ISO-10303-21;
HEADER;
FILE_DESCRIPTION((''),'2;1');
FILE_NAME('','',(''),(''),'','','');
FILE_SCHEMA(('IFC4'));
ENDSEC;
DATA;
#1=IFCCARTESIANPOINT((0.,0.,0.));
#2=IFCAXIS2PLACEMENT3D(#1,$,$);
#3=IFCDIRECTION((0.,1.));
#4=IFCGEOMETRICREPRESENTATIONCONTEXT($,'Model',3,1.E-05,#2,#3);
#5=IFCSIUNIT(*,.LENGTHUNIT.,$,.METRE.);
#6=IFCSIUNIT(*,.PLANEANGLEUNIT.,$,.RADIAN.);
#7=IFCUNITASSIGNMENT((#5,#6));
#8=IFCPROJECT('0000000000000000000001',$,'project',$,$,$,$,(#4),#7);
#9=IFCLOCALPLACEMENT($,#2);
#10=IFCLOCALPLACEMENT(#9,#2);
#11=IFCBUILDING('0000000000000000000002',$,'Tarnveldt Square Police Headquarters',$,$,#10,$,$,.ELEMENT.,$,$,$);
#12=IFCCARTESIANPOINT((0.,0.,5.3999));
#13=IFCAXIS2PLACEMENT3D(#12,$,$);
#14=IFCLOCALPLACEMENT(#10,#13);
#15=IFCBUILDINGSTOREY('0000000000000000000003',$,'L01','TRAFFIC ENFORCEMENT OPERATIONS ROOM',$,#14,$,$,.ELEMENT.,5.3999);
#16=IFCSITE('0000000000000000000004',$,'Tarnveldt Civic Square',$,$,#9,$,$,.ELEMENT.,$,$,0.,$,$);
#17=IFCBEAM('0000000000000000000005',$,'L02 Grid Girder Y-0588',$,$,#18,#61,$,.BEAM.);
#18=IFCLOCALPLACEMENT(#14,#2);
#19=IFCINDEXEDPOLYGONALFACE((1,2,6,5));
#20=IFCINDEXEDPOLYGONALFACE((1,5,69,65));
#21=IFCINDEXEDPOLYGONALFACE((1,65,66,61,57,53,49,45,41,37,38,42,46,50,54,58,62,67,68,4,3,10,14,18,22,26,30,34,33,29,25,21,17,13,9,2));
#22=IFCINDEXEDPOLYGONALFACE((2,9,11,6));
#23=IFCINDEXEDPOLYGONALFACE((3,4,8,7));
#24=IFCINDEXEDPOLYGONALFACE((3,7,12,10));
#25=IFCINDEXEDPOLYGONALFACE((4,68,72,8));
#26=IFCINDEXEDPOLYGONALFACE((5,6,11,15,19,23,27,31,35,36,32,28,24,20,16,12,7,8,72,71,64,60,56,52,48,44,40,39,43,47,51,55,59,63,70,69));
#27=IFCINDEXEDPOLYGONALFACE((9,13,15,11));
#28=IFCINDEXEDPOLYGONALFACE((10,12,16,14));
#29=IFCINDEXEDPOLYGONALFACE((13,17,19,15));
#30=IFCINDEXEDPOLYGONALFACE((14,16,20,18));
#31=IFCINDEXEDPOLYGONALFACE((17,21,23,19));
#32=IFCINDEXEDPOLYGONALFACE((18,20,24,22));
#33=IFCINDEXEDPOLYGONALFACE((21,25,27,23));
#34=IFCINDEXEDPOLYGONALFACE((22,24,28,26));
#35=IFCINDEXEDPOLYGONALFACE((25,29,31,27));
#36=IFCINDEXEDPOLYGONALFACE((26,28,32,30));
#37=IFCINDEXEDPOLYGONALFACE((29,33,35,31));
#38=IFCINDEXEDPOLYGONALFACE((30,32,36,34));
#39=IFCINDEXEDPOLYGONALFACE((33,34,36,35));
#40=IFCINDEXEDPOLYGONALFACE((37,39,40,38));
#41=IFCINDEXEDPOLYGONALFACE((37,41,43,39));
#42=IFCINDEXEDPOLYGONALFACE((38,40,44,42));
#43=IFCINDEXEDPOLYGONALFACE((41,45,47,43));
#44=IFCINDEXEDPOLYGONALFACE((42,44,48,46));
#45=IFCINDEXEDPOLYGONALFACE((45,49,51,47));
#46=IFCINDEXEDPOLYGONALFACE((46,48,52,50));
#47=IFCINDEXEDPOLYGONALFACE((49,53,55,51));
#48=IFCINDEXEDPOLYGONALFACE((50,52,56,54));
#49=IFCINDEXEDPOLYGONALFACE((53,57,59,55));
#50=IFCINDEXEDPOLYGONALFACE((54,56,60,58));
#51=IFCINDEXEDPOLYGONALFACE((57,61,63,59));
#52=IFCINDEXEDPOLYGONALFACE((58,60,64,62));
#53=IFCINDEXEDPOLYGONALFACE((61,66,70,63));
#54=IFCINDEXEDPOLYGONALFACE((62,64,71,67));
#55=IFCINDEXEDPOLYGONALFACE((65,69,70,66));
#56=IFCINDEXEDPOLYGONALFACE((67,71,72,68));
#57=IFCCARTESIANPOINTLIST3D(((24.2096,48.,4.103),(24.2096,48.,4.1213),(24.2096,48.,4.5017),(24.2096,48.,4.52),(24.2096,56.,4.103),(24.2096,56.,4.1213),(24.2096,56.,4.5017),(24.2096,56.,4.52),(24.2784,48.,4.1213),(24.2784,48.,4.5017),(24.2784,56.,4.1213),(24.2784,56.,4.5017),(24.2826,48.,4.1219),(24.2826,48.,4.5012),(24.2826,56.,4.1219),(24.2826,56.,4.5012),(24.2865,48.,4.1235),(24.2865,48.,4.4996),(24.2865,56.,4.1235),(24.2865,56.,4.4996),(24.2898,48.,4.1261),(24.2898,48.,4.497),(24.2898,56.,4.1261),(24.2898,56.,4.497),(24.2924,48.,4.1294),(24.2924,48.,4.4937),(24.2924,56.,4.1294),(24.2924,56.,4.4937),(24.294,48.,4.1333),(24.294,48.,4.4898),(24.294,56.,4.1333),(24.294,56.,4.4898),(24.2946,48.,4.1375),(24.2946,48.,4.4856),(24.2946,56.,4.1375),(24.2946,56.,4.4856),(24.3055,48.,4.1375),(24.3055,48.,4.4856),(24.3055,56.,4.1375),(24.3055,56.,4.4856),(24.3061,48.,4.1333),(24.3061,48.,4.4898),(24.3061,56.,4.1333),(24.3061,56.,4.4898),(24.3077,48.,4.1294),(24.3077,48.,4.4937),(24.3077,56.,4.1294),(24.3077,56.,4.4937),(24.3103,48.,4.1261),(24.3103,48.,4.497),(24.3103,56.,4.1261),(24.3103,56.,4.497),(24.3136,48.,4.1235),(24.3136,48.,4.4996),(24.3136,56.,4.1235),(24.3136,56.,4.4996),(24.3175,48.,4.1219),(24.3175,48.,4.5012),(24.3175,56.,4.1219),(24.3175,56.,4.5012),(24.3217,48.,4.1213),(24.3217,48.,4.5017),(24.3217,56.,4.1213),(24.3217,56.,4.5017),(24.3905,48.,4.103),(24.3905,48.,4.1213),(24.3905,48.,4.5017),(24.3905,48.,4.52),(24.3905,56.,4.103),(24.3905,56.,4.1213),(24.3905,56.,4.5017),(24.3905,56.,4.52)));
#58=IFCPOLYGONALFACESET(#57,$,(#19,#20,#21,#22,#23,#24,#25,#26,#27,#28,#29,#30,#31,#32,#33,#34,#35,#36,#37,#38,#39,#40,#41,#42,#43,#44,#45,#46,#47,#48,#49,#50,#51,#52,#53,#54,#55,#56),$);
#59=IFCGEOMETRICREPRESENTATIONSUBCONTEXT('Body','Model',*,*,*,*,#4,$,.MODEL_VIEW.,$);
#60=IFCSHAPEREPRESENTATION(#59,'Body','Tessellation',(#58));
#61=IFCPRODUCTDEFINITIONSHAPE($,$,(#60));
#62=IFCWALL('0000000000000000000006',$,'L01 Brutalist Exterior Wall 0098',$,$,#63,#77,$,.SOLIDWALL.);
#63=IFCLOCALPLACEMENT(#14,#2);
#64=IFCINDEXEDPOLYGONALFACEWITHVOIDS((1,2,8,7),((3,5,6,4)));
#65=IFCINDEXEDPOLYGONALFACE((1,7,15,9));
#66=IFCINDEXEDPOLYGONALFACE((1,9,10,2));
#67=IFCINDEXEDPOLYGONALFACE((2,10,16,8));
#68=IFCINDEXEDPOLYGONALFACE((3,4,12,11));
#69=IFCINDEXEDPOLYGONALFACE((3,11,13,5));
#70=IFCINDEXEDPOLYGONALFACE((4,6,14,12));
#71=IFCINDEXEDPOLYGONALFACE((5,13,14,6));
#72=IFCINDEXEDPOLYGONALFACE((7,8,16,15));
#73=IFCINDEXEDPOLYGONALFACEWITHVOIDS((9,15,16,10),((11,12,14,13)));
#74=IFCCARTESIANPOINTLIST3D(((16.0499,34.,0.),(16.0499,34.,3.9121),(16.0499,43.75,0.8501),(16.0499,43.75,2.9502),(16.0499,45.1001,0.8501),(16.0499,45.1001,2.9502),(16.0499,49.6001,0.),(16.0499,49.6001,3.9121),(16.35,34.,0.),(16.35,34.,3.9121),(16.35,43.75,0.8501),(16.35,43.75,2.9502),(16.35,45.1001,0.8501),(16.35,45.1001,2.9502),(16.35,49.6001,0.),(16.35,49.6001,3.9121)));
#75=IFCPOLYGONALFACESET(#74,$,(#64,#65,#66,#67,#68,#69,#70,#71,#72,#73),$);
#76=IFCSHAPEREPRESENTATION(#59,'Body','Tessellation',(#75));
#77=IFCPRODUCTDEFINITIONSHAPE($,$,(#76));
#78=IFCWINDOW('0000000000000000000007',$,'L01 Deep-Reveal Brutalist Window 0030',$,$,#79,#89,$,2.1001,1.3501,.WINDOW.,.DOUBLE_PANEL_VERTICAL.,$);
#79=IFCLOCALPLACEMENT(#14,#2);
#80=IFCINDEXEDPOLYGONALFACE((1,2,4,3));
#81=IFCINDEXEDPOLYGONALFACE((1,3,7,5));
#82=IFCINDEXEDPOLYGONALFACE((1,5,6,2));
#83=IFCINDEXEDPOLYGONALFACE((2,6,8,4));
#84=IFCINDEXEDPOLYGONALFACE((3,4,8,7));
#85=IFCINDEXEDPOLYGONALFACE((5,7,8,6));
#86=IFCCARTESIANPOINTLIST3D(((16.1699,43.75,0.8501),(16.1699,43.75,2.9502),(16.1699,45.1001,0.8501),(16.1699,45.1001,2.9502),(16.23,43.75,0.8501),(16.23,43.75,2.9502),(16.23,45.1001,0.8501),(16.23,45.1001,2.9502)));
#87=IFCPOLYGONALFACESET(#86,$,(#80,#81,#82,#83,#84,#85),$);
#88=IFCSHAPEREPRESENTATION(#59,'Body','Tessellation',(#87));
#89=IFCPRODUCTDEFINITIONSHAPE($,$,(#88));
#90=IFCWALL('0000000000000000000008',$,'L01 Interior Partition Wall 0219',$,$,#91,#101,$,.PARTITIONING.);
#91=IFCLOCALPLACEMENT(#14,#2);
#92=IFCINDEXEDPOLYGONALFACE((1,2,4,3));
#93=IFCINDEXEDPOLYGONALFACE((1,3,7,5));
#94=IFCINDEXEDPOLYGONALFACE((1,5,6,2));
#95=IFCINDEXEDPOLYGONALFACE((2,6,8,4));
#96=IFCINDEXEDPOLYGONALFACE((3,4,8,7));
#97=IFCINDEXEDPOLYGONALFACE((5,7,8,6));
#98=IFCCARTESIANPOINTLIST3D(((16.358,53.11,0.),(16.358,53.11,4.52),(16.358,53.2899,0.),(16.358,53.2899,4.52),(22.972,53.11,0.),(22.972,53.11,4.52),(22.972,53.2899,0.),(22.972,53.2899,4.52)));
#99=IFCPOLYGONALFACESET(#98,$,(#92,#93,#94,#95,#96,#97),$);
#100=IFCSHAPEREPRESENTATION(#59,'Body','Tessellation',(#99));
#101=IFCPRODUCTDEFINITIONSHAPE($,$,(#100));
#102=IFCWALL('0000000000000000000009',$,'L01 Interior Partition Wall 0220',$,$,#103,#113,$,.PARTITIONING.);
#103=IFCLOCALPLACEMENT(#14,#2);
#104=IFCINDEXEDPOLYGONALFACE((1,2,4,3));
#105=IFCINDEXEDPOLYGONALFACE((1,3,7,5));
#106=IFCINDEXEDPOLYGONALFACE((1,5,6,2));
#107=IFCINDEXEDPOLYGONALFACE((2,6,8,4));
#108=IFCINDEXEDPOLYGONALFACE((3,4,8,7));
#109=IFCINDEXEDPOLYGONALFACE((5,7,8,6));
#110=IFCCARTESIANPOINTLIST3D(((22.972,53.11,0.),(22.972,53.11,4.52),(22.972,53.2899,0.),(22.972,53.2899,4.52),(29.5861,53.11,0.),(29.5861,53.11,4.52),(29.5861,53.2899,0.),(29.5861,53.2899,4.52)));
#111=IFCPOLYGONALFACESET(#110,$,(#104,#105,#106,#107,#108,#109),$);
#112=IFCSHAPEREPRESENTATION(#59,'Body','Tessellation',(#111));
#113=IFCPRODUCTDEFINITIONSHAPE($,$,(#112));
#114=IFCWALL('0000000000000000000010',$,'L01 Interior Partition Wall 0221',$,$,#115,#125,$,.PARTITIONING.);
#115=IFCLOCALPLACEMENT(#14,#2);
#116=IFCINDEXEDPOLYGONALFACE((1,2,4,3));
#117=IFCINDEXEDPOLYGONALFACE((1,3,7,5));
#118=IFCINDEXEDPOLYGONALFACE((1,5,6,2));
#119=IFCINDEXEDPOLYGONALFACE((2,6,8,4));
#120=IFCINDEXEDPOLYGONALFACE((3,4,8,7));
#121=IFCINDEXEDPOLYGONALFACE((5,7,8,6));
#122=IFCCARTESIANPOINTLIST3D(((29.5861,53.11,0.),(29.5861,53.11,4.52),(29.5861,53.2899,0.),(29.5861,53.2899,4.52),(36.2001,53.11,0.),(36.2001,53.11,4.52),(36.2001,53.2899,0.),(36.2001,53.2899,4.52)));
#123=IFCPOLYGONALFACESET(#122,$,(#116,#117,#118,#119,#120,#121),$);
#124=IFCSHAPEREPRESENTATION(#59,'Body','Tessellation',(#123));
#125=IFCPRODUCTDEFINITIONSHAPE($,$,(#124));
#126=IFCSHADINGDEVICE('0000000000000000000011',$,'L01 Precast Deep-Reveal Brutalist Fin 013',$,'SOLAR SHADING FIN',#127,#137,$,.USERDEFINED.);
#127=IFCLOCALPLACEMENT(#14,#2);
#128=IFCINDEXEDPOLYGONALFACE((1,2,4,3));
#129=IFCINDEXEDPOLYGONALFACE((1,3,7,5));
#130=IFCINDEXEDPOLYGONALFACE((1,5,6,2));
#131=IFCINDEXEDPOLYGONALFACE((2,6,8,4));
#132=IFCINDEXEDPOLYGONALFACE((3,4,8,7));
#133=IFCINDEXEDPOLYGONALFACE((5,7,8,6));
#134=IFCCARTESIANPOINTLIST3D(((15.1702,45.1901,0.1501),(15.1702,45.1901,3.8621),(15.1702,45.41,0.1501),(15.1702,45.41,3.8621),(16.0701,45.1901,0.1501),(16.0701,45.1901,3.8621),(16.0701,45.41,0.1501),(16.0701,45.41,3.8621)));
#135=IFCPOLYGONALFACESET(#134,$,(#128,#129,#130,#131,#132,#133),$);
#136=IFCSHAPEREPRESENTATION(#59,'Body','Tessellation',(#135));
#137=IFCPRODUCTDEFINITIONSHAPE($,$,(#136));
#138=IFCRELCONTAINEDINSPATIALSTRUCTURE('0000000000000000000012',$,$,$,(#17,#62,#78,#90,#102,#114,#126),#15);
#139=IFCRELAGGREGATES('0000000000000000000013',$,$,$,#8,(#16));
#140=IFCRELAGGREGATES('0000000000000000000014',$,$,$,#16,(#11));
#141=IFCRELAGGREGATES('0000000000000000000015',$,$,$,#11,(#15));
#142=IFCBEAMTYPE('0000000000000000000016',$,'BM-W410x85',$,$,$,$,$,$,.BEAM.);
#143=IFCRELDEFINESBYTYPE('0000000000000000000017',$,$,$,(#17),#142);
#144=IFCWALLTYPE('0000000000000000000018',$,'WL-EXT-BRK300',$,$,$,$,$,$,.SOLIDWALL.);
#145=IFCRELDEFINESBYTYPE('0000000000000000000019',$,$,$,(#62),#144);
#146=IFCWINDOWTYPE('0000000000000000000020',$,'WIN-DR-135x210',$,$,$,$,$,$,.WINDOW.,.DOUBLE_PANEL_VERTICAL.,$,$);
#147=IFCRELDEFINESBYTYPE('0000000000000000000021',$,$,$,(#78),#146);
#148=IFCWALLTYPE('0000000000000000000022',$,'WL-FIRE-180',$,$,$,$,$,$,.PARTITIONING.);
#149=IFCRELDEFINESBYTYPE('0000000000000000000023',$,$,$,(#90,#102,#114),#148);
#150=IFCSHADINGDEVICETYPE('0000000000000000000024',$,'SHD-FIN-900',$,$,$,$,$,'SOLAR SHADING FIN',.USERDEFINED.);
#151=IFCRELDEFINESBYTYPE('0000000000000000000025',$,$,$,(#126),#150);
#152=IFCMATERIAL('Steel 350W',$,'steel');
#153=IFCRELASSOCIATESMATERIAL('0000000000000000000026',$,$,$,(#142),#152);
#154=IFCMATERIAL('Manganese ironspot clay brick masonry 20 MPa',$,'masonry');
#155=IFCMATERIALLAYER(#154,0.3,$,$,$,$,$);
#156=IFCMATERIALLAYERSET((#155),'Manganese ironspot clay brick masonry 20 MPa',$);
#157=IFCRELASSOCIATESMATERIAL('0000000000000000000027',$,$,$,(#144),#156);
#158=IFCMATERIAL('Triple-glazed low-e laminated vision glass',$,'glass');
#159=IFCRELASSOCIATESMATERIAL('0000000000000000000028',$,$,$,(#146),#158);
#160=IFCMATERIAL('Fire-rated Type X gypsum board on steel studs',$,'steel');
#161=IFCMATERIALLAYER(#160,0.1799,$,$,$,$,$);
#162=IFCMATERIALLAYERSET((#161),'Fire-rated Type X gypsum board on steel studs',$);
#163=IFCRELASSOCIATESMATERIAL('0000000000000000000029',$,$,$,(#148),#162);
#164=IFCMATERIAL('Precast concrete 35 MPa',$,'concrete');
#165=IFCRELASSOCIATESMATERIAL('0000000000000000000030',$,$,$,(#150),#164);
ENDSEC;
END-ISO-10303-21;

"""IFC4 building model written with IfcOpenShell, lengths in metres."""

from ifc_helpers import new_model, si_unit, direction, frame, frame_2d, origin, origin_2d, place, context, subcontext, project, spatial, rectangle, i_section, extrude, material, layer, layer_set, material_profile, profile_set, type_object, element, fill, save


model = new_model("IFC4")

# Units and contexts
model_context = context("Model", 3, precision=1e-05, world=origin(), true_north=direction((0.0, 1.0)))
body_context = subcontext(model_context, "Body", "Model", "MODEL_VIEW")
ifc_project = project(units=[si_unit("LENGTHUNIT", "METRE"), si_unit("PLANEANGLEUNIT", "RADIAN")], contexts=[model_context])

# Site, building, storey
site_placement = place(None, origin())
site = spatial("IfcSite", under=ifc_project, at=site_placement, Name="Tarnveldt Civic Square", CompositionType="ELEMENT", RefElevation=0.0)
building_placement = place(site_placement, origin())
building = spatial("IfcBuilding", under=site, at=building_placement, Name="Tarnveldt Square Police Headquarters", CompositionType="ELEMENT")
storey_placement = place(building_placement, frame((0.0, 0.0, 5.3999)))
storey = spatial("IfcBuildingStorey", under=building, at=storey_placement, Name="L01", Description="TRAFFIC ENFORCEMENT OPERATIONS ROOM", CompositionType="ELEMENT", Elevation=5.3999)

# Beam
ifc_material_1 = material(Name="Steel 350W", Category="steel")
ifc_material_profile_1 = material_profile(ifc_material_1, i_section(OverallWidth=0.1809, OverallDepth=0.417, WebThickness=0.011, FlangeThickness=0.0183, FilletRadius=0.0161, at=origin_2d()), Name="W410x85")
ifc_profile_set_1 = profile_set([ifc_material_profile_1], Name="Steel 350W")
beam_type_1 = type_object("IfcBeamType", Name="BM-W410x85", PredefinedType="BEAM", material=ifc_profile_set_1)
beam_1_placement = place(storey_placement, frame((24.3, 48.0, 4.3115), z_axis=(0.0, 1.0, 0.0), x_axis=(-1.0, 0.0, 0.0)))
element("IfcBeam", 1, at=beam_1_placement, inside=storey, type_object=beam_type_1, Name="L02 Grid Girder Y-0588", PredefinedType="BEAM", context=body_context, shape_type="SweptSolid", body=[
    extrude(i_section(OverallWidth=0.1809, OverallDepth=0.417, WebThickness=0.011, FlangeThickness=0.0183, FilletRadius=0.0161, at=origin_2d()), origin(), (0.0, 0.0, 1.0), 8.0),
])

# Wall, opening, window
ifc_material_2 = material(Name="Manganese ironspot clay brick masonry 20 MPa", Category="masonry")
ifc_layer_1 = layer(ifc_material_2, 0.3)
ifc_layer_set_1 = layer_set([ifc_layer_1], Name="Manganese ironspot clay brick masonry 20 MPa")
wall_type_1 = type_object("IfcWallType", Name="WL-EXT-BRK300", PredefinedType="SOLIDWALL", material=ifc_layer_set_1)
wall_placement = place(storey_placement, frame((16.2, 49.6001, 0.0), z_axis=(0.0, 0.0, 1.0), x_axis=(0.0, -1.0, 0.0)))
wall = element("IfcWall", 2, at=wall_placement, inside=storey, type_object=wall_type_1, Name="L01 Brutalist Exterior Wall 0098", PredefinedType="SOLIDWALL", context=body_context, shape_type="SweptSolid", body=[
    extrude(rectangle(XDim=15.6001, YDim=0.3, at=frame_2d((7.8, 0.0))), origin(), (0.0, 0.0, 1.0), 3.9121),
])
opening_placement = place(wall_placement, frame((4.5, 0.0, 0.8501)))
opening = element("IfcOpeningElement", 3, at=opening_placement, cuts=wall, PredefinedType="OPENING", context=body_context, shape_type="SweptSolid", body=[
    extrude(rectangle(XDim=1.3501, YDim=2.1001, at=frame_2d((0.675, 1.05))), frame((0.0, 0.1599, 0.0), z_axis=(0.0, -1.0, 0.0), x_axis=(1.0, 0.0, 0.0)), (0.0, 0.0, 1.0), 0.3201),
])
ifc_material_3 = material(Name="Triple-glazed low-e laminated vision glass", Category="glass")
window_type = type_object("IfcWindowType", Name="WIN-DR-135x210", PartitioningType="DOUBLE_PANEL_VERTICAL", PredefinedType="WINDOW", material=ifc_material_3)
window_placement = place(opening_placement, origin())
window = element("IfcWindow", 4, at=window_placement, inside=storey, type_object=window_type, Name="L01 Deep-Reveal Brutalist Window 0030", OverallHeight=2.1001, OverallWidth=1.3501, PartitioningType="DOUBLE_PANEL_VERTICAL", PredefinedType="WINDOW", context=body_context, shape_type="SweptSolid", body=[
    extrude(rectangle(XDim=1.3501, YDim=2.1001, at=frame_2d((0.675, 1.05))), frame((0.0, 0.03, 0.0), z_axis=(0.0, -1.0, 0.0), x_axis=(1.0, 0.0, 0.0)), (0.0, 0.0, 1.0), 0.0601),
])
fill(opening, window)

# Walls
ifc_material_4 = material(Name="Fire-rated Type X gypsum board on steel studs", Category="steel")
ifc_layer_2 = layer(ifc_material_4, 0.1799)
ifc_layer_set_2 = layer_set([ifc_layer_2], Name="Fire-rated Type X gypsum board on steel studs")
wall_type_2 = type_object("IfcWallType", Name="WL-FIRE-180", PredefinedType="PARTITIONING", material=ifc_layer_set_2)
for number, where, z_axis, x_axis, name in (
    (5, (16.3579, 53.2, 0.0), (0.0, 0.0, 1.0), (1.0, 0.0, 0.0), "L01 Interior Partition Wall 0219"),
    (6, (22.9719, 53.2, 0.0), (0.0, 0.0, 1.0), (1.0, 0.0, 0.0), "L01 Interior Partition Wall 0220"),
    (7, (29.5859, 53.2, 0.0), (0.0, 0.0, 1.0), (1.0, 0.0, 0.0), "L01 Interior Partition Wall 0221"),
):
    element("IfcWall", number, at=place(storey_placement, frame(where, z_axis=z_axis, x_axis=x_axis)), inside=storey, type_object=wall_type_2, Name=name, PredefinedType="PARTITIONING", context=body_context, shape_type="SweptSolid", body=[
        extrude(rectangle(XDim=6.614, YDim=0.1799, at=frame_2d((3.3071, 0.0))), origin(), (0.0, 0.0, 1.0), 4.52),
    ])

# Shading device
ifc_material_5 = material(Name="Precast concrete 35 MPa", Category="concrete")
ifc_material_profile_2 = material_profile(ifc_material_5, rectangle(XDim=0.22, YDim=0.8999, at=origin_2d()), Name="PC-FIN220x900")
ifc_profile_set_2 = profile_set([ifc_material_profile_2], Name="Precast concrete 35 MPa")
shading_device_type = type_object("IfcShadingDeviceType", Name="SHD-FIN-900", ElementType="SOLAR SHADING FIN", PredefinedType="USERDEFINED", material=ifc_profile_set_2)
shading_device_placement = place(storey_placement, frame((15.6201, 45.3, 0.1501), z_axis=(0.0, 0.0, 1.0), x_axis=(0.0, -1.0, 0.0)))
element("IfcShadingDevice", 8, at=shading_device_placement, inside=storey, type_object=shading_device_type, Name="L01 Precast Deep-Reveal Brutalist Fin 013", ObjectType="SOLAR SHADING FIN", PredefinedType="USERDEFINED", context=body_context, shape_type="SweptSolid", body=[
    extrude(rectangle(XDim=0.22, YDim=0.8999, at=origin_2d()), origin(), (0.0, 0.0, 1.0), 3.7119),
])

save(model, "model.ifc")
